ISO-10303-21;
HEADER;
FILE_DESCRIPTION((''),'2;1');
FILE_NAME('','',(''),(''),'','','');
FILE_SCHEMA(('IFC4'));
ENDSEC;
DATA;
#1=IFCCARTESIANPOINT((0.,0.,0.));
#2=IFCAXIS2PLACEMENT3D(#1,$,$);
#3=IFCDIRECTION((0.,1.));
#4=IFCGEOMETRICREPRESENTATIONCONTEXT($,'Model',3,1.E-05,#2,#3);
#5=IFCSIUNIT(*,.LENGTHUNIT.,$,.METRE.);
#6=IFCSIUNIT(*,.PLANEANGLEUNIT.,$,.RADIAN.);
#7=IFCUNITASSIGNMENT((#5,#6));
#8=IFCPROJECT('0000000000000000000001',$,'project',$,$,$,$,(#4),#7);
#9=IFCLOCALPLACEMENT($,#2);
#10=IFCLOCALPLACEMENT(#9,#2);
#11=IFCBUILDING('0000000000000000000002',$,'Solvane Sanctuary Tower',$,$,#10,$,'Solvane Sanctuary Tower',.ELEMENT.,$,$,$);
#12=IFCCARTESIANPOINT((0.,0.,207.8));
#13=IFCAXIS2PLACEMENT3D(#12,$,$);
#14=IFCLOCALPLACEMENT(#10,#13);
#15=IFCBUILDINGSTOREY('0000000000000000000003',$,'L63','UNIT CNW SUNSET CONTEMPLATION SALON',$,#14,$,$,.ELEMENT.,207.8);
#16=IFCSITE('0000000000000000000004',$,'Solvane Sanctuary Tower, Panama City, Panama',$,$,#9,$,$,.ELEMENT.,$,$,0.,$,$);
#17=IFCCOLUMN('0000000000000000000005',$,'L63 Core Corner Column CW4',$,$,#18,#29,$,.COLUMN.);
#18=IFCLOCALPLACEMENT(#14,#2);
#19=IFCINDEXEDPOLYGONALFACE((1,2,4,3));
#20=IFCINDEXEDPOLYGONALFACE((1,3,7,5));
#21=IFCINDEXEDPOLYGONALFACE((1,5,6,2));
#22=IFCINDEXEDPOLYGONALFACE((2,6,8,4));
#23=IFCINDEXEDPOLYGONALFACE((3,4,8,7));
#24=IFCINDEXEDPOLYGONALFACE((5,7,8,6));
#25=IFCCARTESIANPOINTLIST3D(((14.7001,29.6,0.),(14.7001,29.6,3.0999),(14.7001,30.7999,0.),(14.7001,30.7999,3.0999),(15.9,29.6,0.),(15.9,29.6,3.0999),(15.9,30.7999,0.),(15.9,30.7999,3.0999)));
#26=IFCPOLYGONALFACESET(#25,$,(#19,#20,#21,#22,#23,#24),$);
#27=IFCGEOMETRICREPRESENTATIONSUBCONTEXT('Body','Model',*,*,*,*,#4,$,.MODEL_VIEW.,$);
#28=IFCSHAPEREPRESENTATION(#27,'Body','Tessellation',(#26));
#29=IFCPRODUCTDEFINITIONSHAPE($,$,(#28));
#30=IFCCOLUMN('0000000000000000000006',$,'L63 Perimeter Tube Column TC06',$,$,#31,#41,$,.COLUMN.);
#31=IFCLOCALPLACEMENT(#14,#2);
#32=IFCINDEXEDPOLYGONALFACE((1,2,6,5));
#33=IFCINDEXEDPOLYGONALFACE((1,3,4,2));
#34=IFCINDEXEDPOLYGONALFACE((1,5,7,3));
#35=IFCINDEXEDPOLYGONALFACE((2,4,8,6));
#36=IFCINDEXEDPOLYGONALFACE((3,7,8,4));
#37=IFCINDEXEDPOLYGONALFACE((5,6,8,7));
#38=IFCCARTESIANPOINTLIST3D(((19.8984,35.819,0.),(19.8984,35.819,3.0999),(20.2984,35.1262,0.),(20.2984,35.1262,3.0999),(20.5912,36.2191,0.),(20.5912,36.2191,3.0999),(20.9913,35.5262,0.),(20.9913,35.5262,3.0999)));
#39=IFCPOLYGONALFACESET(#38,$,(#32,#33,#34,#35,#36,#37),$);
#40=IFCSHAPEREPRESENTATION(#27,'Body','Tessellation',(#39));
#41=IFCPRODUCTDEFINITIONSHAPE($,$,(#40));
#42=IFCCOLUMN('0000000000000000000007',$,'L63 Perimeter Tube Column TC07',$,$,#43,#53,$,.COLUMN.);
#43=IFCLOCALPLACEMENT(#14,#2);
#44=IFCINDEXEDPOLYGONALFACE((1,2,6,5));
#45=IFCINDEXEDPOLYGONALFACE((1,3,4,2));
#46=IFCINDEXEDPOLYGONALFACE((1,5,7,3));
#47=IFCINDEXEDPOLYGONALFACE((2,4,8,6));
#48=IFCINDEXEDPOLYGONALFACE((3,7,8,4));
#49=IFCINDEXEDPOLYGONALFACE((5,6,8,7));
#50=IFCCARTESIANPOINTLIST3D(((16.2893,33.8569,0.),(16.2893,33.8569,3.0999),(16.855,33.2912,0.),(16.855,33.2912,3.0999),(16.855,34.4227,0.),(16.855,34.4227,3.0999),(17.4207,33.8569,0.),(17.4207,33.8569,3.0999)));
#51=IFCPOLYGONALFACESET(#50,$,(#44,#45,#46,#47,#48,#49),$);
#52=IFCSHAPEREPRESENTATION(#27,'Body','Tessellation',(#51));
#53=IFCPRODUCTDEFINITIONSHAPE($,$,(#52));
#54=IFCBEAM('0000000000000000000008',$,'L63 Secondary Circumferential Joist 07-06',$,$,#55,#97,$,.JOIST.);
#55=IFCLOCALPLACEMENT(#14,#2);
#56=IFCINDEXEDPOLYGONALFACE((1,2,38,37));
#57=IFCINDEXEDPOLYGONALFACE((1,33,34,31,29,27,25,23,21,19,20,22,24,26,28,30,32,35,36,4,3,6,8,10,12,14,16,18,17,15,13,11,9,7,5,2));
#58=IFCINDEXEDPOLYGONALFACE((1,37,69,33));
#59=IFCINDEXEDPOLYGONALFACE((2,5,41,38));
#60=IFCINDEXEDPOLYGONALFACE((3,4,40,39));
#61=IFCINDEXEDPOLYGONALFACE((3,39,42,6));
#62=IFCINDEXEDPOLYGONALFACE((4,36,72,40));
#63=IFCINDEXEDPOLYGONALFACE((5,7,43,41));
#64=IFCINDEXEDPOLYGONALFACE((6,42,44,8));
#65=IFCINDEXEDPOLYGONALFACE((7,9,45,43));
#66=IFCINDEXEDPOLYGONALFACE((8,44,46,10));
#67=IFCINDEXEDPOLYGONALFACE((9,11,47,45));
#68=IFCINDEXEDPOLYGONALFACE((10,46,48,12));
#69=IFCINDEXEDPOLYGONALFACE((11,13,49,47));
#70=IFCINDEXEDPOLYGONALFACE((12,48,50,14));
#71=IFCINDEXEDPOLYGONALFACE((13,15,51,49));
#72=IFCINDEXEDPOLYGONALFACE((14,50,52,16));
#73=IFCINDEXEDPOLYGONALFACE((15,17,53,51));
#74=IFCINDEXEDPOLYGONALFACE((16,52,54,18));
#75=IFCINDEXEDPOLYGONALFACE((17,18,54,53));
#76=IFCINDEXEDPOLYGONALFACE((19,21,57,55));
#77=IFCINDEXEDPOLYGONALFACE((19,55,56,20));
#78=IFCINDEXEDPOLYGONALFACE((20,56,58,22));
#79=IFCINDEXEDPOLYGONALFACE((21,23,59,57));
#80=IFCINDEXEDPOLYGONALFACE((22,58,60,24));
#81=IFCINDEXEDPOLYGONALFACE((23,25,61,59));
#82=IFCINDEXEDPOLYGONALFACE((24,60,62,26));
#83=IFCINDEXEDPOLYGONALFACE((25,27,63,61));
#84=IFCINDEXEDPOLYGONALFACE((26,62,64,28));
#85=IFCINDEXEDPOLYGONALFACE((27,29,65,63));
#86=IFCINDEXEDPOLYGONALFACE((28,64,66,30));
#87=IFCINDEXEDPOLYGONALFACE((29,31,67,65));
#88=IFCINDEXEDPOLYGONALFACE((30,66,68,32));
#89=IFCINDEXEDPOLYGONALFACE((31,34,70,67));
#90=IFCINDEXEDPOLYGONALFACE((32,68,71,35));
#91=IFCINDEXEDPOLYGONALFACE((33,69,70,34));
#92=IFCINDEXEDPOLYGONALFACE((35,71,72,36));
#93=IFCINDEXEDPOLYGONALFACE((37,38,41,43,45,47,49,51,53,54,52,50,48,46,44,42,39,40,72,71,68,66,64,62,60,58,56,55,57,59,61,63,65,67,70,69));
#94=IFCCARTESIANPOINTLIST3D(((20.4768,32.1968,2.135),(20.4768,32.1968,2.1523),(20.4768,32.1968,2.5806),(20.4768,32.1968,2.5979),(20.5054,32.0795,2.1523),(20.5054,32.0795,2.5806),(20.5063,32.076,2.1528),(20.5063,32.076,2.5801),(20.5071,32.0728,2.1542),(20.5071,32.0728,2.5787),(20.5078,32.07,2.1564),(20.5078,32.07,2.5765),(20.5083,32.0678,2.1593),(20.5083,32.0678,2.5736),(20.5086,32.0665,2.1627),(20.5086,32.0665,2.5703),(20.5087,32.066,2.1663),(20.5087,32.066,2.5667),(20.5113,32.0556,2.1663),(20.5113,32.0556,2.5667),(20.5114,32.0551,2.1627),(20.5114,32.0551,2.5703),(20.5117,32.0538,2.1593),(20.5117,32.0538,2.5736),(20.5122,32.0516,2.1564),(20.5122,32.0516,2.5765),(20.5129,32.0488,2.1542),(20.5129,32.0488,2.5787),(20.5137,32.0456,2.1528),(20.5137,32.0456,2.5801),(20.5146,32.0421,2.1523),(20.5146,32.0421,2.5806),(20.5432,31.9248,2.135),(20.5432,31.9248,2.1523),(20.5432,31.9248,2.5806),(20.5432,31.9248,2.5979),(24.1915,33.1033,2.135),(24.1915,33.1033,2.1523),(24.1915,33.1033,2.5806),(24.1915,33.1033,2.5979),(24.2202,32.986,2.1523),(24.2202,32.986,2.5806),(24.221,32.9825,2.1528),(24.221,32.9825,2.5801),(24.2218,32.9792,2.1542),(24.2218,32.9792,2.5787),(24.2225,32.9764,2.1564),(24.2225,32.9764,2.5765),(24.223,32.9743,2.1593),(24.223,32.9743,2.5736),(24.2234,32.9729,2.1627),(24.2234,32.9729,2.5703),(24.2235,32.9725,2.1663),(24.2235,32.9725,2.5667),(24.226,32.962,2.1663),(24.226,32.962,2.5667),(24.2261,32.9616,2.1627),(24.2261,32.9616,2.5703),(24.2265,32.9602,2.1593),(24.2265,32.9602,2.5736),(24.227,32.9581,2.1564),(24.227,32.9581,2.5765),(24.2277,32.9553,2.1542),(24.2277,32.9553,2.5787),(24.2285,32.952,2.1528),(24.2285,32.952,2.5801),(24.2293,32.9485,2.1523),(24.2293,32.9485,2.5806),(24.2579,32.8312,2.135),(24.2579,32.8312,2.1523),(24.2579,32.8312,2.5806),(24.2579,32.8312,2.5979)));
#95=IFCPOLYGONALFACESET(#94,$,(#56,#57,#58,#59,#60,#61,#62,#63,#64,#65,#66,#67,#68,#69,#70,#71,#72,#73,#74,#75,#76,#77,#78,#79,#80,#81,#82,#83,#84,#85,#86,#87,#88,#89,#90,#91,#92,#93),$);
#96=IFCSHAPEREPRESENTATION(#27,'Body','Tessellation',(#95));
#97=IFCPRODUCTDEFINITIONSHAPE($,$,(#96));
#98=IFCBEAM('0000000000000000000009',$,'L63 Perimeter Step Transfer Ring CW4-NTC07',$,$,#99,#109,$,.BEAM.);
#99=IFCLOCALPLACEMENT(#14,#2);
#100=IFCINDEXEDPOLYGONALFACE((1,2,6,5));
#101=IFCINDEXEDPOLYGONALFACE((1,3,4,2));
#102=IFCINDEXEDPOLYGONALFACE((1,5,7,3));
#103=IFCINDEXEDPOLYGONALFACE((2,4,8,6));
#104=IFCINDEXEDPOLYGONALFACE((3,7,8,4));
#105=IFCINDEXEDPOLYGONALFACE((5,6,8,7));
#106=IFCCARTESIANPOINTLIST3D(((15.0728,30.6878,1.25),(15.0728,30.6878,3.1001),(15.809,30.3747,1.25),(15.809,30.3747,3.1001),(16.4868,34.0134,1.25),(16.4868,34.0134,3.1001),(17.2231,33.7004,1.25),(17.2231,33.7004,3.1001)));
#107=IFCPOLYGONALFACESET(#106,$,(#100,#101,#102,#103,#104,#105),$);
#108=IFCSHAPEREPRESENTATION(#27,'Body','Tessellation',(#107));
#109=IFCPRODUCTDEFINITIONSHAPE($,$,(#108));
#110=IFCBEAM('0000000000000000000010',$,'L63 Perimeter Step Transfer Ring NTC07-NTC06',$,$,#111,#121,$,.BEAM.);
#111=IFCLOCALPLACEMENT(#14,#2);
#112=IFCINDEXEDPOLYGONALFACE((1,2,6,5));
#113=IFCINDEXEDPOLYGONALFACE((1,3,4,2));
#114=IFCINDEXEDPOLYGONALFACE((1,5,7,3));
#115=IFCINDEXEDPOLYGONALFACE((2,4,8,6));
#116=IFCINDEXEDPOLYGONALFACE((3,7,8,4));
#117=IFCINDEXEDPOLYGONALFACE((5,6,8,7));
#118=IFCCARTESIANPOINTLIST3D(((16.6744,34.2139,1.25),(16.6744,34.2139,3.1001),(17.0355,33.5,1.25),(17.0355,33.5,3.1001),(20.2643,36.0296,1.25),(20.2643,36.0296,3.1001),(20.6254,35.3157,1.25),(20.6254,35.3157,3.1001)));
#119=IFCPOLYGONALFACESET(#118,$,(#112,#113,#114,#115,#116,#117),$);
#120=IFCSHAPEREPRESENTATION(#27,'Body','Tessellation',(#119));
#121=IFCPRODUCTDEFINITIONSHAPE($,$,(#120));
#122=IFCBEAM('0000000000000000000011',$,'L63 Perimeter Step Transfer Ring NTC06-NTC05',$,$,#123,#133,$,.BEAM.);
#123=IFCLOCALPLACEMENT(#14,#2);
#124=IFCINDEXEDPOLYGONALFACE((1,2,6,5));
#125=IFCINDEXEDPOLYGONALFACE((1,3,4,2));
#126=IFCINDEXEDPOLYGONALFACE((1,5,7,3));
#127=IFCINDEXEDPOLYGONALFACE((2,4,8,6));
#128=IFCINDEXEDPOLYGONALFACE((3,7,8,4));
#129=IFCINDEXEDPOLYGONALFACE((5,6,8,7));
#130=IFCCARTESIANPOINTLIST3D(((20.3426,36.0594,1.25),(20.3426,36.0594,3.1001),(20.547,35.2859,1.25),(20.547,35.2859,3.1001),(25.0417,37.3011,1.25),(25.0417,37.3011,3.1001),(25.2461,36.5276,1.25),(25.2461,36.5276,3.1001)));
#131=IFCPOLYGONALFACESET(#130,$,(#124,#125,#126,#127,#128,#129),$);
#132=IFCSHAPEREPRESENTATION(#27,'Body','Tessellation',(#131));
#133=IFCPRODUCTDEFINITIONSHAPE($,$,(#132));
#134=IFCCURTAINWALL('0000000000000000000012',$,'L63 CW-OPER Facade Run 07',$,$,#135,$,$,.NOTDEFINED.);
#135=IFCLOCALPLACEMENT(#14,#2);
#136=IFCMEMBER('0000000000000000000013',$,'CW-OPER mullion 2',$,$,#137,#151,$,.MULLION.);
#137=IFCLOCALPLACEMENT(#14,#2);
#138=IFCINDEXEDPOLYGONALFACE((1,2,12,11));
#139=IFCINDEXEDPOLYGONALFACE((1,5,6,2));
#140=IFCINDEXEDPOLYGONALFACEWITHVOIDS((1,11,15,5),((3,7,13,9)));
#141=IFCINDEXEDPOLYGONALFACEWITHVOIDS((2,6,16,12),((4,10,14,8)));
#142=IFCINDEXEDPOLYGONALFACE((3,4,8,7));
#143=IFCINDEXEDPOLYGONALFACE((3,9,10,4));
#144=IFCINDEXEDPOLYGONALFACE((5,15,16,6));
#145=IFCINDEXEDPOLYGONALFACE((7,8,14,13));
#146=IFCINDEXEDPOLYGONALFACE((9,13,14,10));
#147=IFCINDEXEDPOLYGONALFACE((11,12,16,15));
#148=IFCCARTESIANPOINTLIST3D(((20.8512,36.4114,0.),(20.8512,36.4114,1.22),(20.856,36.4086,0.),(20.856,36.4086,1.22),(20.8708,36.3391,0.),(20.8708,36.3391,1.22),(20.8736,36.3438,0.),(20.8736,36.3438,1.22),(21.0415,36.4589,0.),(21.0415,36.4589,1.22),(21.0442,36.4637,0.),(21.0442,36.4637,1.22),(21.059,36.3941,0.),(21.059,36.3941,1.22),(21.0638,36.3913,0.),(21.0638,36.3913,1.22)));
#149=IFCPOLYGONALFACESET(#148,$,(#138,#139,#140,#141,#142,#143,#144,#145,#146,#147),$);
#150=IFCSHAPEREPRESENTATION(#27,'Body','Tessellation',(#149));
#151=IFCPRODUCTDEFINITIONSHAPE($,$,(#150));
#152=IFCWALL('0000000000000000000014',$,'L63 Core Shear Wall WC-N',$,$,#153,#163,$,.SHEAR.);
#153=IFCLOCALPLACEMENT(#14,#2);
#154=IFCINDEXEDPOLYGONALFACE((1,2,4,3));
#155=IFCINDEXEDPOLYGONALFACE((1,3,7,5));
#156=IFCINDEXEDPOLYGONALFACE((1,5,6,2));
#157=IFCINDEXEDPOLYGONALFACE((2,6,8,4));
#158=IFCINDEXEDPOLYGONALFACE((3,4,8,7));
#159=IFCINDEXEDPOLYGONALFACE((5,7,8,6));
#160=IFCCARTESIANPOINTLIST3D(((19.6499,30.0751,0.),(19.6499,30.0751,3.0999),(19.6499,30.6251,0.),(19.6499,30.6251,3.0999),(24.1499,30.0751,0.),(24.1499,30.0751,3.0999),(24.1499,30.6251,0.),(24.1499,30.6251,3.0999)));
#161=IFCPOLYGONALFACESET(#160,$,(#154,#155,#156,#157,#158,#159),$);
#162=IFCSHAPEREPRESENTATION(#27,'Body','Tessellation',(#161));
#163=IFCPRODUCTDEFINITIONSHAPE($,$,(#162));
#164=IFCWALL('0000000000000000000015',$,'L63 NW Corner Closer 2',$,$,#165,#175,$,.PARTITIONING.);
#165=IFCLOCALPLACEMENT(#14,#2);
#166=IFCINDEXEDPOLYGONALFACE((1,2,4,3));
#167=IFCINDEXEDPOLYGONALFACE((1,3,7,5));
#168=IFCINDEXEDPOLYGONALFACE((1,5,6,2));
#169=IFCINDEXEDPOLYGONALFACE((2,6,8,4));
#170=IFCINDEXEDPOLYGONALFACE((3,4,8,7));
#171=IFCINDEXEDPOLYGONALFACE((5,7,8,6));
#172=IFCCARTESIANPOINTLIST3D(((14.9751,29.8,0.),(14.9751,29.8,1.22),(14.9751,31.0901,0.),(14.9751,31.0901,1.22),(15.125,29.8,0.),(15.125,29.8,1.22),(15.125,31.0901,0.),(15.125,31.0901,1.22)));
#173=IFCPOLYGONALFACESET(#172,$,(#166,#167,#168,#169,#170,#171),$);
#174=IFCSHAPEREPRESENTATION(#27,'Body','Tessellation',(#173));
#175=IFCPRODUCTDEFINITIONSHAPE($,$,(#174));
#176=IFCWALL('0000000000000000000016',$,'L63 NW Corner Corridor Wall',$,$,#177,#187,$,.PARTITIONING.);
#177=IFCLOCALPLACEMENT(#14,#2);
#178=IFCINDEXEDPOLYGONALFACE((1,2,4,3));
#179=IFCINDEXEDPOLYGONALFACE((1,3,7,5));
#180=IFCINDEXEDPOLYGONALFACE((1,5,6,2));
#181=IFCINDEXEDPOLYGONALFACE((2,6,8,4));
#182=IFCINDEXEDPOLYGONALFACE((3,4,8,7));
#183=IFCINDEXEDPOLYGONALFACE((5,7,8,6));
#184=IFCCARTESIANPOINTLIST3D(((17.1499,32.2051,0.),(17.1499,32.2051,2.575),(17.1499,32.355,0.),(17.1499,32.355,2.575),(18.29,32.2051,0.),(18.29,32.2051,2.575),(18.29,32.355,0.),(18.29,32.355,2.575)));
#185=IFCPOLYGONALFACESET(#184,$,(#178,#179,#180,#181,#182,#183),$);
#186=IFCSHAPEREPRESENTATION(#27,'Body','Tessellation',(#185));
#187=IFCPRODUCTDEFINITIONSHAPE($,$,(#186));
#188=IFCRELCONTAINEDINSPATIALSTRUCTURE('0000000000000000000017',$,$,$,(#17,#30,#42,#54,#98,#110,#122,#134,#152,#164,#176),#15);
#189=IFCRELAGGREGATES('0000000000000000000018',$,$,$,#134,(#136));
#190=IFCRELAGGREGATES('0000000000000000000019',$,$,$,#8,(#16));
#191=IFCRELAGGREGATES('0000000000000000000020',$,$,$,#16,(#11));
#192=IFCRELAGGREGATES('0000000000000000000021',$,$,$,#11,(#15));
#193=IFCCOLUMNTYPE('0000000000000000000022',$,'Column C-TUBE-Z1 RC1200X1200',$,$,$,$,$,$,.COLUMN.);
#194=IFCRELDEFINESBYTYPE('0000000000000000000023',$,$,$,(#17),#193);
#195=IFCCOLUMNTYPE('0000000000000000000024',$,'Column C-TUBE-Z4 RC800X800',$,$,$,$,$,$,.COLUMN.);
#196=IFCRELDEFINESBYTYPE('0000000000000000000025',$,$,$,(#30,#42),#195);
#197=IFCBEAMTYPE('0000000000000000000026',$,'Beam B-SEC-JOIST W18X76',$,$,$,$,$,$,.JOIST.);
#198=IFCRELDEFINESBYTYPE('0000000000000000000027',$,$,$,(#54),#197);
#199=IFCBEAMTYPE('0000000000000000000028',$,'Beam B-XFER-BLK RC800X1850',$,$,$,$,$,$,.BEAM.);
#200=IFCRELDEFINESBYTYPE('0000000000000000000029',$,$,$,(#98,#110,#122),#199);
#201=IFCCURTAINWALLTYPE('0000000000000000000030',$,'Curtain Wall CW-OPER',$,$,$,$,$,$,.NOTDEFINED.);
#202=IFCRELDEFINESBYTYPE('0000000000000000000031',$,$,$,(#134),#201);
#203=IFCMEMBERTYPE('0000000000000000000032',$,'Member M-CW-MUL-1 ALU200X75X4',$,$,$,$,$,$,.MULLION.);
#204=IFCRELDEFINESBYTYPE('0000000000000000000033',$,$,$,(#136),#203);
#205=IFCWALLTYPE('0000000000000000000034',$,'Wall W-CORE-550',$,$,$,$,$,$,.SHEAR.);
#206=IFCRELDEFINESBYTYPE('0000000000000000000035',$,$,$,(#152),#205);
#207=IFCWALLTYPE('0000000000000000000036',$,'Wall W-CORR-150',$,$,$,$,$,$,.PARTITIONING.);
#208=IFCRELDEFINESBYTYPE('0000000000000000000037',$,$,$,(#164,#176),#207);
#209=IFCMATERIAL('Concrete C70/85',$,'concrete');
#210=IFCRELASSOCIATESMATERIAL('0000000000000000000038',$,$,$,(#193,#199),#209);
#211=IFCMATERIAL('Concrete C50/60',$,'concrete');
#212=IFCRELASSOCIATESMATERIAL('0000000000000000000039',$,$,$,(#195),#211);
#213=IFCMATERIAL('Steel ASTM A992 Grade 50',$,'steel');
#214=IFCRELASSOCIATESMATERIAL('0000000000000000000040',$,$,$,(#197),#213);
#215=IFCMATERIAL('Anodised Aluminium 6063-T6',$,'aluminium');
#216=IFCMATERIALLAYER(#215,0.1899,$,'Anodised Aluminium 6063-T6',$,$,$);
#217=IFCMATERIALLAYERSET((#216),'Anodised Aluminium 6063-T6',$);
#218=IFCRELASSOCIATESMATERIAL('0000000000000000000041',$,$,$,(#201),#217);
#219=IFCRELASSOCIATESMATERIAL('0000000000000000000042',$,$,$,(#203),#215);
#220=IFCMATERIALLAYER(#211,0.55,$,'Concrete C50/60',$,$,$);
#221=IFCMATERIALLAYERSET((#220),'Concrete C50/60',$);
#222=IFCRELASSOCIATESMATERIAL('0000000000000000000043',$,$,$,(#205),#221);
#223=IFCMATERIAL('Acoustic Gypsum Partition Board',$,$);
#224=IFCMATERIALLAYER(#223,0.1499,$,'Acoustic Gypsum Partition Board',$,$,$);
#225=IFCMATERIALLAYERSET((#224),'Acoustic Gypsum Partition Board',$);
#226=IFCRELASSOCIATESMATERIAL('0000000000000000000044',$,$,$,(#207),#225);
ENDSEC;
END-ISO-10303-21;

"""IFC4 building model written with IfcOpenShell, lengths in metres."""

from ifc_helpers import new_model, si_unit, direction, frame, frame_2d, origin, origin_2d, place, context, subcontext, project, spatial, rectangle, hollow_rectangle, i_section, extrude, material, layer, layer_set, material_profile, profile_set, type_object, element, aggregate, save


model = new_model("IFC4")

# Units and contexts
model_context = context("Model", 3, precision=1e-05, world=origin(), true_north=direction((0.0, 1.0)))
body_context = subcontext(model_context, "Body", "Model", "MODEL_VIEW")
ifc_project = project(units=[si_unit("LENGTHUNIT", "METRE"), si_unit("PLANEANGLEUNIT", "RADIAN")], contexts=[model_context])

# Site, building, storey
site_placement = place(None, origin())
site = spatial("IfcSite", under=ifc_project, at=site_placement, Name="Solvane Sanctuary Tower, Panama City, Panama", CompositionType="ELEMENT", RefElevation=0.0)
building_placement = place(site_placement, origin())
building = spatial("IfcBuilding", under=site, at=building_placement, Name="Solvane Sanctuary Tower", LongName="Solvane Sanctuary Tower", CompositionType="ELEMENT")
storey_placement = place(building_placement, frame((0.0, 0.0, 207.8)))
storey = spatial("IfcBuildingStorey", under=building, at=storey_placement, Name="L63", Description="UNIT CNW SUNSET CONTEMPLATION SALON", CompositionType="ELEMENT", Elevation=207.8)

# Columns
ifc_material_1 = material(Name="Concrete C70/85", Category="concrete")
ifc_material_profile_1 = material_profile(ifc_material_1, rectangle(XDim=1.2, YDim=1.2, at=origin_2d()), Name="RC1200X1200")
ifc_profile_set_1 = profile_set([ifc_material_profile_1], Name="Concrete C70/85")
column_type_1 = type_object("IfcColumnType", Name="Column C-TUBE-Z1 RC1200X1200", PredefinedType="COLUMN", material=ifc_profile_set_1)
column_placement = place(storey_placement, frame((15.3, 30.2, 0.0), z_axis=(0.0, 0.0, 1.0), x_axis=(1.0, 0.0, 0.0)))
element("IfcColumn", 1, at=column_placement, inside=storey, type_object=column_type_1, Name="L63 Core Corner Column CW4", PredefinedType="COLUMN", context=body_context, shape_type="SweptSolid", body=[
    extrude(rectangle(XDim=1.2, YDim=1.2, at=origin_2d()), origin(), (0.0, 0.0, 1.0), 3.0999),
])
ifc_material_2 = material(Name="Concrete C50/60", Category="concrete")
ifc_material_profile_2 = material_profile(ifc_material_2, rectangle(XDim=0.8, YDim=0.8, at=origin_2d()), Name="RC800X800")
ifc_profile_set_2 = profile_set([ifc_material_profile_2], Name="Concrete C50/60")
column_type_2 = type_object("IfcColumnType", Name="Column C-TUBE-Z4 RC800X800", PredefinedType="COLUMN", material=ifc_profile_set_2)
for number, where, z_axis, x_axis, name in (
    (2, (20.4448, 35.6726, 0.0), (0.0, 0.0, 1.0), (-0.5, 0.866025, 0.0), "L63 Perimeter Tube Column TC06"),
    (3, (16.855, 33.8569, 0.0), (0.0, 0.0, 1.0), (-0.707107, 0.707107, 0.0), "L63 Perimeter Tube Column TC07"),
):
    element("IfcColumn", number, at=place(storey_placement, frame(where, z_axis=z_axis, x_axis=x_axis)), inside=storey, type_object=column_type_2, Name=name, PredefinedType="COLUMN", context=body_context, shape_type="SweptSolid", body=[
        extrude(rectangle(XDim=0.8, YDim=0.8, at=origin_2d()), origin(), (0.0, 0.0, 1.0), 3.0999),
    ])

# Beams
ifc_material_3 = material(Name="Steel ASTM A992 Grade 50", Category="steel")
ifc_material_profile_3 = material_profile(ifc_material_3, i_section(OverallWidth=0.28, OverallDepth=0.4629, WebThickness=0.0107, FlangeThickness=0.0173, FilletRadius=0.0139, at=origin_2d()), Name="W18X76")
ifc_profile_set_3 = profile_set([ifc_material_profile_3], Name="Steel ASTM A992 Grade 50")
beam_type_1 = type_object("IfcBeamType", Name="Beam B-SEC-JOIST W18X76", PredefinedType="JOIST", material=ifc_profile_set_3)
beam_1_placement = place(storey_placement, frame((20.51, 32.0608, 2.3665), z_axis=(0.971494, 0.237063, 0.0), x_axis=(-0.237063, 0.971494, 0.0)))
element("IfcBeam", 4, at=beam_1_placement, inside=storey, type_object=beam_type_1, Name="L63 Secondary Circumferential Joist 07-06", PredefinedType="JOIST", context=body_context, shape_type="SweptSolid", body=[
    extrude(i_section(OverallWidth=0.28, OverallDepth=0.4629, WebThickness=0.0107, FlangeThickness=0.0173, FilletRadius=0.0139, at=origin_2d()), origin(), (0.0, 0.0, 1.0), 3.8237),
])
ifc_material_profile_4 = material_profile(ifc_material_1, rectangle(XDim=0.8, YDim=1.8501, at=origin_2d()), Name="RC800X1850")
ifc_profile_set_4 = profile_set([ifc_material_profile_4], Name="Concrete C70/85")
beam_type_2 = type_object("IfcBeamType", Name="Beam B-XFER-BLK RC800X1850", PredefinedType="BEAM", material=ifc_profile_set_4)
beam_2_placement = place(storey_placement, frame((15.4409, 30.5312, 2.175), z_axis=(0.391292, 0.920266, 0.0), x_axis=(-0.920266, 0.391292, 0.0)))
element("IfcBeam", 5, at=beam_2_placement, inside=storey, type_object=beam_type_2, Name="L63 Perimeter Step Transfer Ring CW4-NTC07", PredefinedType="BEAM", context=body_context, shape_type="SweptSolid", body=[
    extrude(rectangle(XDim=0.8, YDim=1.8501, at=origin_2d()), origin(), (0.0, 0.0, 1.0), 3.6138),
])
beam_3_placement = place(storey_placement, frame((16.855, 33.8569, 2.175), z_axis=(0.892354, 0.451336, 0.0), x_axis=(-0.451336, 0.892354, 0.0)))
element("IfcBeam", 6, at=beam_3_placement, inside=storey, type_object=beam_type_2, Name="L63 Perimeter Step Transfer Ring NTC07-NTC06", PredefinedType="BEAM", context=body_context, shape_type="SweptSolid", body=[
    extrude(rectangle(XDim=0.8, YDim=1.8501, at=origin_2d()), origin(), (0.0, 0.0, 1.0), 4.0229),
])
beam_4_placement = place(storey_placement, frame((20.4448, 35.6726, 2.175), z_axis=(0.966814, 0.25548, 0.0), x_axis=(-0.25548, 0.966814, 0.0)))
element("IfcBeam", 7, at=beam_4_placement, inside=storey, type_object=beam_type_2, Name="L63 Perimeter Step Transfer Ring NTC06-NTC05", PredefinedType="BEAM", context=body_context, shape_type="SweptSolid", body=[
    extrude(rectangle(XDim=0.8, YDim=1.8501, at=origin_2d()), origin(), (0.0, 0.0, 1.0), 4.8604),
])

# Curtain wall, member
ifc_material_4 = material(Name="Anodised Aluminium 6063-T6", Category="aluminium")
ifc_layer_1 = layer(ifc_material_4, 0.1899, Name="Anodised Aluminium 6063-T6")
ifc_layer_set_1 = layer_set([ifc_layer_1], Name="Anodised Aluminium 6063-T6")
curtain_wall_type = type_object("IfcCurtainWallType", Name="Curtain Wall CW-OPER", PredefinedType="NOTDEFINED", material=ifc_layer_set_1)
curtain_wall_placement = place(storey_placement, origin())
curtain_wall = element("IfcCurtainWall", 8, at=curtain_wall_placement, inside=storey, type_object=curtain_wall_type, Name="L63 CW-OPER Facade Run 07", PredefinedType="NOTDEFINED")
ifc_material_profile_5 = material_profile(ifc_material_4, hollow_rectangle(XDim=0.075, YDim=0.2, WallThickness=0.0039, at=origin_2d()), Name="ALU200X75X4")
ifc_profile_set_5 = profile_set([ifc_material_profile_5], Name="Anodised Aluminium 6063-T6")
member_type = type_object("IfcMemberType", Name="Member M-CW-MUL-1 ALU200X75X4", PredefinedType="MULLION", material=ifc_profile_set_5)
member_placement = place(storey_placement, frame((20.9575, 36.4014, 0.0), z_axis=(0.0, 0.0, 1.0), x_axis=(0.261468, -0.965212, 0.0)))
member = element("IfcMember", 9, at=member_placement, type_object=member_type, Name="CW-OPER mullion 2", PredefinedType="MULLION", context=body_context, shape_type="SweptSolid", body=[
    extrude(hollow_rectangle(XDim=0.075, YDim=0.2, WallThickness=0.0039, at=origin_2d()), origin(), (0.0, 0.0, 1.0), 1.22),
])
aggregate(curtain_wall, [member])

# Walls
ifc_layer_2 = layer(ifc_material_2, 0.55, Name="Concrete C50/60")
ifc_layer_set_2 = layer_set([ifc_layer_2], Name="Concrete C50/60")
wall_type_1 = type_object("IfcWallType", Name="Wall W-CORE-550", PredefinedType="SHEAR", material=ifc_layer_set_2)
wall_1_placement = place(storey_placement, frame((19.6499, 30.3501, 0.0), z_axis=(0.0, 0.0, 1.0), x_axis=(1.0, 0.0, 0.0)))
element("IfcWall", 10, at=wall_1_placement, inside=storey, type_object=wall_type_1, Name="L63 Core Shear Wall WC-N", PredefinedType="SHEAR", context=body_context, shape_type="SweptSolid", body=[
    extrude(rectangle(XDim=4.5, YDim=0.55, at=frame_2d((2.25, 0.0))), origin(), (0.0, 0.0, 1.0), 3.0999),
])
ifc_material_5 = material(Name="Acoustic Gypsum Partition Board")
ifc_layer_3 = layer(ifc_material_5, 0.1499, Name="Acoustic Gypsum Partition Board")
ifc_layer_set_3 = layer_set([ifc_layer_3], Name="Acoustic Gypsum Partition Board")
wall_type_2 = type_object("IfcWallType", Name="Wall W-CORR-150", PredefinedType="PARTITIONING", material=ifc_layer_set_3)
wall_2_placement = place(storey_placement, frame((15.05, 29.8, 0.0), z_axis=(0.0, 0.0, 1.0), x_axis=(0.0, 1.0, 0.0)))
element("IfcWall", 11, at=wall_2_placement, inside=storey, type_object=wall_type_2, Name="L63 NW Corner Closer 2", PredefinedType="PARTITIONING", context=body_context, shape_type="SweptSolid", body=[
    extrude(rectangle(XDim=1.29, YDim=0.1499, at=frame_2d((0.645, 0.0))), origin(), (0.0, 0.0, 1.0), 1.22),
])
wall_3_placement = place(storey_placement, frame((17.1499, 32.28, 0.0), z_axis=(0.0, 0.0, 1.0), x_axis=(1.0, 0.0, 0.0)))
element("IfcWall", 12, at=wall_3_placement, inside=storey, type_object=wall_type_2, Name="L63 NW Corner Corridor Wall", PredefinedType="PARTITIONING", context=body_context, shape_type="SweptSolid", body=[
    extrude(rectangle(XDim=1.1401, YDim=0.1499, at=frame_2d((0.5701, 0.0))), origin(), (0.0, 0.0, 1.0), 2.575),
])

save(model, "model.ifc")
